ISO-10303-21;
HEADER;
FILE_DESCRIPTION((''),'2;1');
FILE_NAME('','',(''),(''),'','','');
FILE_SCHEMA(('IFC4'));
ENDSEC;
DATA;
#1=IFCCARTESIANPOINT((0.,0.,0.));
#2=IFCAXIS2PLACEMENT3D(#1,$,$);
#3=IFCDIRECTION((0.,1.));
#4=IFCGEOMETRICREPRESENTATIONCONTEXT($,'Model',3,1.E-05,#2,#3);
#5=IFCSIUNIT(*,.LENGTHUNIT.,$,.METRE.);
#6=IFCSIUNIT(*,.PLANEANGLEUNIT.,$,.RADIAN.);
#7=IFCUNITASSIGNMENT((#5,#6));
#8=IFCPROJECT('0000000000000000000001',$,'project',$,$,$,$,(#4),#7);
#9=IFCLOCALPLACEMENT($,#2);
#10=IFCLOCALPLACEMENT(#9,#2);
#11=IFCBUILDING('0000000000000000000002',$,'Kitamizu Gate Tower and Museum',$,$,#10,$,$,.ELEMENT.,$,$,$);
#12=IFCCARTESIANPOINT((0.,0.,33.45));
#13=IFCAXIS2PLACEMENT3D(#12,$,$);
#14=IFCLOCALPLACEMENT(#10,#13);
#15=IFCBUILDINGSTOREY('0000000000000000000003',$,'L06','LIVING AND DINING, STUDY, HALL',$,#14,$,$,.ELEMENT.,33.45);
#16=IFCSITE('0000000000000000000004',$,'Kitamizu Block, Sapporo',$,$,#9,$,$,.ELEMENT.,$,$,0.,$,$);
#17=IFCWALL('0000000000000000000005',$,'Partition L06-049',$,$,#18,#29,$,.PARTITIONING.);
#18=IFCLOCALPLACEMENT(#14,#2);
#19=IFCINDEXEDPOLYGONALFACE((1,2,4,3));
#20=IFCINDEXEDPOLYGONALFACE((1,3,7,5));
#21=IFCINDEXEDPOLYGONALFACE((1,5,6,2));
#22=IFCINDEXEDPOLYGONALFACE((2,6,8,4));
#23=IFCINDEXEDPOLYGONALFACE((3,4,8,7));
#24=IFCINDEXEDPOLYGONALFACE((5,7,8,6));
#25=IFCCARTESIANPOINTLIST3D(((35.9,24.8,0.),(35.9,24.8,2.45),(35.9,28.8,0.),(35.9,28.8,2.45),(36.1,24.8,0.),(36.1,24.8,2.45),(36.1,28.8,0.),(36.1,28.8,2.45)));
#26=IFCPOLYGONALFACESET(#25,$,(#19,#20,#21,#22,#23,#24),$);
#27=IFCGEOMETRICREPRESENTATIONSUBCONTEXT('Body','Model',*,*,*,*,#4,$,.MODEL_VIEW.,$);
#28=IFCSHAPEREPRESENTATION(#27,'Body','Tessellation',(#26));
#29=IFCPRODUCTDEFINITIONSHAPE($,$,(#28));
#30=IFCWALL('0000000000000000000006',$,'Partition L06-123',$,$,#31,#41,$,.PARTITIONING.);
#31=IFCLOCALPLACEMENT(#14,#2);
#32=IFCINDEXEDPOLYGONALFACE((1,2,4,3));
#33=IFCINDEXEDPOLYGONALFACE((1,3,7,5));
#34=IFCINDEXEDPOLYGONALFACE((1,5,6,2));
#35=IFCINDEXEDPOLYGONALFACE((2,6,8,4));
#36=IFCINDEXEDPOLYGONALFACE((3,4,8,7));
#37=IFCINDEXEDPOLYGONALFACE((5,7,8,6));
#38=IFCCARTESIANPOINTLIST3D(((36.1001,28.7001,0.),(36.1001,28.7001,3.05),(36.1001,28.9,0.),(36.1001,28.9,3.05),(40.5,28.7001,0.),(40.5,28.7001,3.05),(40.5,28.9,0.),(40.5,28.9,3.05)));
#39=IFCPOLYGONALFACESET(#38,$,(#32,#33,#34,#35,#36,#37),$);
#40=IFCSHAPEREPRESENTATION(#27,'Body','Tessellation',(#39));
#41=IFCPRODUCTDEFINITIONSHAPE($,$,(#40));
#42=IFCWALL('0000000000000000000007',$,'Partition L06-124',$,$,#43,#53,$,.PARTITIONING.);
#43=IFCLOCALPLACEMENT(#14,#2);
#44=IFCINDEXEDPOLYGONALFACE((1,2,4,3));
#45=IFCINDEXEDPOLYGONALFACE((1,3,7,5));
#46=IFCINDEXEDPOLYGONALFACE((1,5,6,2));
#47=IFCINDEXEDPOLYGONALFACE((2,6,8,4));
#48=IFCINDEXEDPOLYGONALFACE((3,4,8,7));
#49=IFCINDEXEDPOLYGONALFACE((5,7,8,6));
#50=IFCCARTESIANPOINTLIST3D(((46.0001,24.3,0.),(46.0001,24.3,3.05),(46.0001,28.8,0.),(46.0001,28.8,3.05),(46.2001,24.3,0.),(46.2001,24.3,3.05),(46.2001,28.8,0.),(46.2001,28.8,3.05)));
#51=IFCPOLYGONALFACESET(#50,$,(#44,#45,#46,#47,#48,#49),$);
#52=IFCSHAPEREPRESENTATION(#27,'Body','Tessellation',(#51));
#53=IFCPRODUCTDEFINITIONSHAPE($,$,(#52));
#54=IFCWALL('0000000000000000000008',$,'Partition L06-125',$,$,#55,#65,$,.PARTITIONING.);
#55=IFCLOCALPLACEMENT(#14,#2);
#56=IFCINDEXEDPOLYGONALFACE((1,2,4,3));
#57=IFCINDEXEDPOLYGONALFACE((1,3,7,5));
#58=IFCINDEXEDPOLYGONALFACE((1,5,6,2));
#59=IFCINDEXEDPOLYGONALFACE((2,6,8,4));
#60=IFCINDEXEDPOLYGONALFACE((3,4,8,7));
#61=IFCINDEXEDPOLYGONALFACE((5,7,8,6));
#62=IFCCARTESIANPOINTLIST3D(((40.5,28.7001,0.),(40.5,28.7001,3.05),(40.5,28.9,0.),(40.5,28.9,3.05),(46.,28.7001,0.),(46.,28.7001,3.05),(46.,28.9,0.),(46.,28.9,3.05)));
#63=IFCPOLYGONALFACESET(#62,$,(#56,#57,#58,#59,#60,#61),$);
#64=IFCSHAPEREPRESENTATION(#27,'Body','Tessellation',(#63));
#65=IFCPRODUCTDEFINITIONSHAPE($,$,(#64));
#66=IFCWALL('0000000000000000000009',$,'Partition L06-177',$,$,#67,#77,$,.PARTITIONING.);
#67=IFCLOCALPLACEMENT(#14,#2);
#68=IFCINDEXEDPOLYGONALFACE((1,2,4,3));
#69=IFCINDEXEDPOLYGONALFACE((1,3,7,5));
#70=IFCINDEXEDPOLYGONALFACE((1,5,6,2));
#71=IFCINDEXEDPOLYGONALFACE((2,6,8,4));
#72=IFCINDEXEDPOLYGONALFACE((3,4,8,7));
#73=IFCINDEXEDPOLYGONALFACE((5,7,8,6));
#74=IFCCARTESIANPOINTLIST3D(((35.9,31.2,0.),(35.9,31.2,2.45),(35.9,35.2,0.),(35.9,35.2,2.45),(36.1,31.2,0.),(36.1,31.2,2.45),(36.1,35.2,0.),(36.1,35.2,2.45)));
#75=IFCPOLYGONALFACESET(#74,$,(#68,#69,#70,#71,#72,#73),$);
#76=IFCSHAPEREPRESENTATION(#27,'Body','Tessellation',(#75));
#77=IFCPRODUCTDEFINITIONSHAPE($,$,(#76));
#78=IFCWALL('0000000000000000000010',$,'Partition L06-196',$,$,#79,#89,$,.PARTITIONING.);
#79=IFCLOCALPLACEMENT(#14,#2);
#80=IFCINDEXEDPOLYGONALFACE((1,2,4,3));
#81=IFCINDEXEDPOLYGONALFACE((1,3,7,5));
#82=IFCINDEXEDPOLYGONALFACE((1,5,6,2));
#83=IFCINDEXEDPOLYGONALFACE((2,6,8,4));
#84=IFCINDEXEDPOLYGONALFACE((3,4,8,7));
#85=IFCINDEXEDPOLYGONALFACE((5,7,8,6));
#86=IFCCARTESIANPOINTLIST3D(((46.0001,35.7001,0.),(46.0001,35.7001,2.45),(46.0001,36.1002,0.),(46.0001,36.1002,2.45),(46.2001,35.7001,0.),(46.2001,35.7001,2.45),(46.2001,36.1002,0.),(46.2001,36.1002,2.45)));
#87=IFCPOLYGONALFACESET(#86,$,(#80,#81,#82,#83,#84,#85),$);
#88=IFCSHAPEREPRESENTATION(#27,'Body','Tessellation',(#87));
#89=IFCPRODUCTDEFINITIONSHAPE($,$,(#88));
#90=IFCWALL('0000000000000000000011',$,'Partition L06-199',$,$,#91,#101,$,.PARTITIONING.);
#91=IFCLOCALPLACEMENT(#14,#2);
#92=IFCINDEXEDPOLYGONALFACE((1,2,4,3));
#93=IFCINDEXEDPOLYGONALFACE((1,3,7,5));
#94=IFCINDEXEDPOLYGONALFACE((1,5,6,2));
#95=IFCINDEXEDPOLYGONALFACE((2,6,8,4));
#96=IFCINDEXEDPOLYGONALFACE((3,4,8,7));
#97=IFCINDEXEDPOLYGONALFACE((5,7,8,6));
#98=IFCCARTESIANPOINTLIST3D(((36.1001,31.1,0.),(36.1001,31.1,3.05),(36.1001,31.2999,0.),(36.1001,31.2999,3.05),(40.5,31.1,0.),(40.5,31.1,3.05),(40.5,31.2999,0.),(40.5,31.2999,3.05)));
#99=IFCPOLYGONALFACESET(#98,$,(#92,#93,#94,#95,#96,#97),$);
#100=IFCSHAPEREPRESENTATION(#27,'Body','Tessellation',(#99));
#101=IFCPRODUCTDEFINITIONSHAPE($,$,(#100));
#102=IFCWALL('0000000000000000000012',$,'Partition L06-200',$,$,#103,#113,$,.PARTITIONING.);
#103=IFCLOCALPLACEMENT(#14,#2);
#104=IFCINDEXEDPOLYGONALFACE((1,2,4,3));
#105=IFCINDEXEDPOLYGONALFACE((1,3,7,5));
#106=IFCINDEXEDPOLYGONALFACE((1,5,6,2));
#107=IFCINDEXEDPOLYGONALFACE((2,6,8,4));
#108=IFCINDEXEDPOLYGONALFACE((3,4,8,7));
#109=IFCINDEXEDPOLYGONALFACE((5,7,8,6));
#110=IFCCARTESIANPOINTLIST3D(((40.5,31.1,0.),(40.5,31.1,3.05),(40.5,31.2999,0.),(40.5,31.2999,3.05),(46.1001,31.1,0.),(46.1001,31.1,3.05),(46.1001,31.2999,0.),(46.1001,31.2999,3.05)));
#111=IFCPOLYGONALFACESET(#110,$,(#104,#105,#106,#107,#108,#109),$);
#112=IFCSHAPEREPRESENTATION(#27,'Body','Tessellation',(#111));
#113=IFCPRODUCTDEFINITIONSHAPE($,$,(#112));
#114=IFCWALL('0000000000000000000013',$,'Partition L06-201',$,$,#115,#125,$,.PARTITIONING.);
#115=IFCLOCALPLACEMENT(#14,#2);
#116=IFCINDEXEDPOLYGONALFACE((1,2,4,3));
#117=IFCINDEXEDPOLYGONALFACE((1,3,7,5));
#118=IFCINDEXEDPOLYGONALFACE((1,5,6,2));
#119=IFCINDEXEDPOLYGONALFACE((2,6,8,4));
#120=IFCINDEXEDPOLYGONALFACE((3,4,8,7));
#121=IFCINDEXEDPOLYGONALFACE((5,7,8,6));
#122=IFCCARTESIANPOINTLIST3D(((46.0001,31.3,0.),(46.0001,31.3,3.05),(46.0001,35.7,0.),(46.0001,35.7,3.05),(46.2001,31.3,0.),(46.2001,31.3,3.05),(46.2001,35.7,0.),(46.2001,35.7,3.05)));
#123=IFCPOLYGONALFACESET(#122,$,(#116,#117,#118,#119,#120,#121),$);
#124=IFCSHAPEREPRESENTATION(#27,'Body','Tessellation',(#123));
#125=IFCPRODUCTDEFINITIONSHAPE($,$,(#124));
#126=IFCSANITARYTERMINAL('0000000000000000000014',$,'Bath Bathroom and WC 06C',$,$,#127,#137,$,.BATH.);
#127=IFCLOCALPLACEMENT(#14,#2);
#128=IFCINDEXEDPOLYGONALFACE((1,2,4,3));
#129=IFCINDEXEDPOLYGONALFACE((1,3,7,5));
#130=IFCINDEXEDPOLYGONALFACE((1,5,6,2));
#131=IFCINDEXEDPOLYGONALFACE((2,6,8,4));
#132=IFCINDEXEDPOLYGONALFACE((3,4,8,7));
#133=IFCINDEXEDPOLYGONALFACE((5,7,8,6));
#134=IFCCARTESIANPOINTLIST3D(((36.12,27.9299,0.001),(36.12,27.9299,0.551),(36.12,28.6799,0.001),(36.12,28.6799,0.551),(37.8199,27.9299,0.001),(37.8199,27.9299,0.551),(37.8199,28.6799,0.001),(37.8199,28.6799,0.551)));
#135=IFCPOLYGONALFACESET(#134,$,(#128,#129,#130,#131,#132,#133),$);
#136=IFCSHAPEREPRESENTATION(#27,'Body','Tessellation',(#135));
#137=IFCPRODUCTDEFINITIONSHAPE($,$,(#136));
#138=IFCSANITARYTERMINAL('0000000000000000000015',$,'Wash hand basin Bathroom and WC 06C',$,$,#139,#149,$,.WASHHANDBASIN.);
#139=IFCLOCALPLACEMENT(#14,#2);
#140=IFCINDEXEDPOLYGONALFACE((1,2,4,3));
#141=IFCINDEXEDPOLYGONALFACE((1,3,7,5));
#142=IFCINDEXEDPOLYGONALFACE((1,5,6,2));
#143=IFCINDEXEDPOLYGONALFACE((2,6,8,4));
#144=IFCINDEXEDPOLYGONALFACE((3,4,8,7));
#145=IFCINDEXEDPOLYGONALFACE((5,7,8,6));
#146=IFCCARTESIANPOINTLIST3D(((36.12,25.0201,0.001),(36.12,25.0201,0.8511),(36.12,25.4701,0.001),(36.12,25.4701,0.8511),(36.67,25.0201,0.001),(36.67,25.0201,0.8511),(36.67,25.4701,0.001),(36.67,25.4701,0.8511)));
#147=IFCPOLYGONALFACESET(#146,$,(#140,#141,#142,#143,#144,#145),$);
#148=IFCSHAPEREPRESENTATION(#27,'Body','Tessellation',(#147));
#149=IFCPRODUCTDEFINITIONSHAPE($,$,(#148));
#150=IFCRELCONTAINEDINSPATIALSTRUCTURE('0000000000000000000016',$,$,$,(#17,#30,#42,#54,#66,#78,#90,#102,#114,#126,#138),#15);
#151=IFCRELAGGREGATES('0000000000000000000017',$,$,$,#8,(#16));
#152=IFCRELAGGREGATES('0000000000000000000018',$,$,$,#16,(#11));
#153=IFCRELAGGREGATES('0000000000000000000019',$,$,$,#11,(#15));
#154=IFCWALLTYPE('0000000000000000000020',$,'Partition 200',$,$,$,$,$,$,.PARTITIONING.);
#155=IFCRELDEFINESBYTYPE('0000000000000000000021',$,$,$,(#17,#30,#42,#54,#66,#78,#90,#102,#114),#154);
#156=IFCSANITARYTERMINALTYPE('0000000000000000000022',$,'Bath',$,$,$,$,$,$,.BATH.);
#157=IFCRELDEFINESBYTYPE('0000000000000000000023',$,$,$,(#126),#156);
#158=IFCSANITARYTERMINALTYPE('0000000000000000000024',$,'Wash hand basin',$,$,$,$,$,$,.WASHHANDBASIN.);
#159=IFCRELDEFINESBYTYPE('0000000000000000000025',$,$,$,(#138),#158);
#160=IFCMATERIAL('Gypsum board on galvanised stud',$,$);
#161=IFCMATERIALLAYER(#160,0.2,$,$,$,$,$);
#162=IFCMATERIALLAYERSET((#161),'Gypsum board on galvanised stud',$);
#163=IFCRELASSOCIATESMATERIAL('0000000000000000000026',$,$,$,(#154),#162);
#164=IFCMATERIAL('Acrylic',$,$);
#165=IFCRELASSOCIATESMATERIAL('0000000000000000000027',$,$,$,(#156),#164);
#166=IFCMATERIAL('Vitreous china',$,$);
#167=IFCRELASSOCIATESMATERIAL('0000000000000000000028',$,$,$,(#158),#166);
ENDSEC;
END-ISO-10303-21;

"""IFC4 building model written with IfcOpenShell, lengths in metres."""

from ifc_helpers import new_model, si_unit, direction, frame, frame_2d, origin, origin_2d, place, context, subcontext, project, spatial, rectangle, extrude, material, layer, layer_set, type_object, element, save


model = new_model("IFC4")

# Units and contexts
model_context = context("Model", 3, precision=1e-05, world=origin(), true_north=direction((0.0, 1.0)))
body_context = subcontext(model_context, "Body", "Model", "MODEL_VIEW")
ifc_project = project(units=[si_unit("LENGTHUNIT", "METRE"), si_unit("PLANEANGLEUNIT", "RADIAN")], contexts=[model_context])

# Site, building, storey
site_placement = place(None, origin())
site = spatial("IfcSite", under=ifc_project, at=site_placement, Name="Kitamizu Block, Sapporo", CompositionType="ELEMENT", RefElevation=0.0)
building_placement = place(site_placement, origin())
building = spatial("IfcBuilding", under=site, at=building_placement, Name="Kitamizu Gate Tower and Museum", CompositionType="ELEMENT")
storey_placement = place(building_placement, frame((0.0, 0.0, 33.45)))
storey = spatial("IfcBuildingStorey", under=building, at=storey_placement, Name="L06", Description="LIVING AND DINING, STUDY, HALL", CompositionType="ELEMENT", Elevation=33.45)

# Walls
ifc_material_1 = material(Name="Gypsum board on galvanised stud")
ifc_layer_1 = layer(ifc_material_1, 0.2)
ifc_layer_set_1 = layer_set([ifc_layer_1], Name="Gypsum board on galvanised stud")
wall_type_1 = type_object("IfcWallType", Name="Partition 200", PredefinedType="PARTITIONING", material=ifc_layer_set_1)
wall_1_placement = place(storey_placement, frame((36.0, 24.8, 0.0), z_axis=(0.0, 0.0, 1.0), x_axis=(0.0, 1.0, 0.0)))
element("IfcWall", 1, at=wall_1_placement, inside=storey, type_object=wall_type_1, Name="Partition L06-049", PredefinedType="PARTITIONING", context=body_context, shape_type="SweptSolid", body=[
    extrude(rectangle(XDim=4.0, YDim=0.2, at=frame_2d((2.0, 0.0))), origin(), (0.0, 0.0, 1.0), 2.45),
])
wall_2_placement = place(storey_placement, frame((40.5, 28.8, 0.0), z_axis=(0.0, 0.0, 1.0), x_axis=(-1.0, 0.0, 0.0)))
element("IfcWall", 2, at=wall_2_placement, inside=storey, type_object=wall_type_1, Name="Partition L06-123", PredefinedType="PARTITIONING", context=body_context, shape_type="SweptSolid", body=[
    extrude(rectangle(XDim=4.3999, YDim=0.2, at=frame_2d((2.2, 0.0))), origin(), (0.0, 0.0, 1.0), 3.05),
])
wall_3_placement = place(storey_placement, frame((46.1001, 24.3, 0.0), z_axis=(0.0, 0.0, 1.0), x_axis=(0.0, 1.0, 0.0)))
element("IfcWall", 3, at=wall_3_placement, inside=storey, type_object=wall_type_1, Name="Partition L06-124", PredefinedType="PARTITIONING", context=body_context, shape_type="SweptSolid", body=[
    extrude(rectangle(XDim=4.5, YDim=0.2, at=frame_2d((2.25, 0.0))), origin(), (0.0, 0.0, 1.0), 3.05),
])
wall_4_placement = place(storey_placement, frame((46.0, 28.8, 0.0), z_axis=(0.0, 0.0, 1.0), x_axis=(-1.0, 0.0, 0.0)))
element("IfcWall", 4, at=wall_4_placement, inside=storey, type_object=wall_type_1, Name="Partition L06-125", PredefinedType="PARTITIONING", context=body_context, shape_type="SweptSolid", body=[
    extrude(rectangle(XDim=5.5, YDim=0.2, at=frame_2d((2.75, 0.0))), origin(), (0.0, 0.0, 1.0), 3.05),
])
wall_5_placement = place(storey_placement, frame((36.0, 31.2, 0.0), z_axis=(0.0, 0.0, 1.0), x_axis=(0.0, 1.0, 0.0)))
element("IfcWall", 5, at=wall_5_placement, inside=storey, type_object=wall_type_1, Name="Partition L06-177", PredefinedType="PARTITIONING", context=body_context, shape_type="SweptSolid", body=[
    extrude(rectangle(XDim=4.0, YDim=0.2, at=frame_2d((2.0, 0.0))), origin(), (0.0, 0.0, 1.0), 2.45),
])
wall_6_placement = place(storey_placement, frame((46.1001, 35.7, 0.0), z_axis=(0.0, 0.0, 1.0), x_axis=(0.0, 1.0, 0.0)))
element("IfcWall", 6, at=wall_6_placement, inside=storey, type_object=wall_type_1, Name="Partition L06-196", PredefinedType="PARTITIONING", context=body_context, shape_type="SweptSolid", body=[
    extrude(rectangle(XDim=0.4001, YDim=0.2, at=frame_2d((0.2002, 0.0))), origin(), (0.0, 0.0, 1.0), 2.45),
])
wall_7_placement = place(storey_placement, frame((36.1001, 31.2, 0.0), z_axis=(0.0, 0.0, 1.0), x_axis=(1.0, 0.0, 0.0)))
element("IfcWall", 7, at=wall_7_placement, inside=storey, type_object=wall_type_1, Name="Partition L06-199", PredefinedType="PARTITIONING", context=body_context, shape_type="SweptSolid", body=[
    extrude(rectangle(XDim=4.3999, YDim=0.2, at=frame_2d((2.2, 0.0))), origin(), (0.0, 0.0, 1.0), 3.05),
])
wall_8_placement = place(storey_placement, frame((40.5, 31.2, 0.0), z_axis=(0.0, 0.0, 1.0), x_axis=(1.0, 0.0, 0.0)))
element("IfcWall", 8, at=wall_8_placement, inside=storey, type_object=wall_type_1, Name="Partition L06-200", PredefinedType="PARTITIONING", context=body_context, shape_type="SweptSolid", body=[
    extrude(rectangle(XDim=5.6001, YDim=0.2, at=frame_2d((2.8, 0.0))), origin(), (0.0, 0.0, 1.0), 3.05),
])
wall_9_placement = place(storey_placement, frame((46.1001, 31.3, 0.0), z_axis=(0.0, 0.0, 1.0), x_axis=(0.0, 1.0, 0.0)))
element("IfcWall", 9, at=wall_9_placement, inside=storey, type_object=wall_type_1, Name="Partition L06-201", PredefinedType="PARTITIONING", context=body_context, shape_type="SweptSolid", body=[
    extrude(rectangle(XDim=4.3999, YDim=0.2, at=frame_2d((2.2, 0.0))), origin(), (0.0, 0.0, 1.0), 3.05),
])

# Sanitary terminals
ifc_material_2 = material(Name="Acrylic")
sanitary_terminal_type_1 = type_object("IfcSanitaryTerminalType", Name="Bath", PredefinedType="BATH", material=ifc_material_2)
sanitary_terminal_1_placement = place(storey_placement, frame((36.97, 28.3049, 0.001), z_axis=(0.0, 0.0, 1.0), x_axis=(1.0, 0.0, 0.0)))
element("IfcSanitaryTerminal", 10, at=sanitary_terminal_1_placement, inside=storey, type_object=sanitary_terminal_type_1, Name="Bath Bathroom and WC 06C", PredefinedType="BATH", context=body_context, shape_type="SweptSolid", body=[
    extrude(rectangle(XDim=1.7, YDim=0.75, at=origin_2d()), origin(), (0.0, 0.0, 1.0), 0.55),
])
ifc_material_3 = material(Name="Vitreous china")
sanitary_terminal_type_2 = type_object("IfcSanitaryTerminalType", Name="Wash hand basin", PredefinedType="WASHHANDBASIN", material=ifc_material_3)
sanitary_terminal_2_placement = place(storey_placement, frame((36.395, 25.2451, 0.001), z_axis=(0.0, 0.0, 1.0), x_axis=(1.0, 0.0, 0.0)))
element("IfcSanitaryTerminal", 11, at=sanitary_terminal_2_placement, inside=storey, type_object=sanitary_terminal_type_2, Name="Wash hand basin Bathroom and WC 06C", PredefinedType="WASHHANDBASIN", context=body_context, shape_type="SweptSolid", body=[
    extrude(rectangle(XDim=0.55, YDim=0.45, at=origin_2d()), origin(), (0.0, 0.0, 1.0), 0.8501),
])

save(model, "model.ifc")
